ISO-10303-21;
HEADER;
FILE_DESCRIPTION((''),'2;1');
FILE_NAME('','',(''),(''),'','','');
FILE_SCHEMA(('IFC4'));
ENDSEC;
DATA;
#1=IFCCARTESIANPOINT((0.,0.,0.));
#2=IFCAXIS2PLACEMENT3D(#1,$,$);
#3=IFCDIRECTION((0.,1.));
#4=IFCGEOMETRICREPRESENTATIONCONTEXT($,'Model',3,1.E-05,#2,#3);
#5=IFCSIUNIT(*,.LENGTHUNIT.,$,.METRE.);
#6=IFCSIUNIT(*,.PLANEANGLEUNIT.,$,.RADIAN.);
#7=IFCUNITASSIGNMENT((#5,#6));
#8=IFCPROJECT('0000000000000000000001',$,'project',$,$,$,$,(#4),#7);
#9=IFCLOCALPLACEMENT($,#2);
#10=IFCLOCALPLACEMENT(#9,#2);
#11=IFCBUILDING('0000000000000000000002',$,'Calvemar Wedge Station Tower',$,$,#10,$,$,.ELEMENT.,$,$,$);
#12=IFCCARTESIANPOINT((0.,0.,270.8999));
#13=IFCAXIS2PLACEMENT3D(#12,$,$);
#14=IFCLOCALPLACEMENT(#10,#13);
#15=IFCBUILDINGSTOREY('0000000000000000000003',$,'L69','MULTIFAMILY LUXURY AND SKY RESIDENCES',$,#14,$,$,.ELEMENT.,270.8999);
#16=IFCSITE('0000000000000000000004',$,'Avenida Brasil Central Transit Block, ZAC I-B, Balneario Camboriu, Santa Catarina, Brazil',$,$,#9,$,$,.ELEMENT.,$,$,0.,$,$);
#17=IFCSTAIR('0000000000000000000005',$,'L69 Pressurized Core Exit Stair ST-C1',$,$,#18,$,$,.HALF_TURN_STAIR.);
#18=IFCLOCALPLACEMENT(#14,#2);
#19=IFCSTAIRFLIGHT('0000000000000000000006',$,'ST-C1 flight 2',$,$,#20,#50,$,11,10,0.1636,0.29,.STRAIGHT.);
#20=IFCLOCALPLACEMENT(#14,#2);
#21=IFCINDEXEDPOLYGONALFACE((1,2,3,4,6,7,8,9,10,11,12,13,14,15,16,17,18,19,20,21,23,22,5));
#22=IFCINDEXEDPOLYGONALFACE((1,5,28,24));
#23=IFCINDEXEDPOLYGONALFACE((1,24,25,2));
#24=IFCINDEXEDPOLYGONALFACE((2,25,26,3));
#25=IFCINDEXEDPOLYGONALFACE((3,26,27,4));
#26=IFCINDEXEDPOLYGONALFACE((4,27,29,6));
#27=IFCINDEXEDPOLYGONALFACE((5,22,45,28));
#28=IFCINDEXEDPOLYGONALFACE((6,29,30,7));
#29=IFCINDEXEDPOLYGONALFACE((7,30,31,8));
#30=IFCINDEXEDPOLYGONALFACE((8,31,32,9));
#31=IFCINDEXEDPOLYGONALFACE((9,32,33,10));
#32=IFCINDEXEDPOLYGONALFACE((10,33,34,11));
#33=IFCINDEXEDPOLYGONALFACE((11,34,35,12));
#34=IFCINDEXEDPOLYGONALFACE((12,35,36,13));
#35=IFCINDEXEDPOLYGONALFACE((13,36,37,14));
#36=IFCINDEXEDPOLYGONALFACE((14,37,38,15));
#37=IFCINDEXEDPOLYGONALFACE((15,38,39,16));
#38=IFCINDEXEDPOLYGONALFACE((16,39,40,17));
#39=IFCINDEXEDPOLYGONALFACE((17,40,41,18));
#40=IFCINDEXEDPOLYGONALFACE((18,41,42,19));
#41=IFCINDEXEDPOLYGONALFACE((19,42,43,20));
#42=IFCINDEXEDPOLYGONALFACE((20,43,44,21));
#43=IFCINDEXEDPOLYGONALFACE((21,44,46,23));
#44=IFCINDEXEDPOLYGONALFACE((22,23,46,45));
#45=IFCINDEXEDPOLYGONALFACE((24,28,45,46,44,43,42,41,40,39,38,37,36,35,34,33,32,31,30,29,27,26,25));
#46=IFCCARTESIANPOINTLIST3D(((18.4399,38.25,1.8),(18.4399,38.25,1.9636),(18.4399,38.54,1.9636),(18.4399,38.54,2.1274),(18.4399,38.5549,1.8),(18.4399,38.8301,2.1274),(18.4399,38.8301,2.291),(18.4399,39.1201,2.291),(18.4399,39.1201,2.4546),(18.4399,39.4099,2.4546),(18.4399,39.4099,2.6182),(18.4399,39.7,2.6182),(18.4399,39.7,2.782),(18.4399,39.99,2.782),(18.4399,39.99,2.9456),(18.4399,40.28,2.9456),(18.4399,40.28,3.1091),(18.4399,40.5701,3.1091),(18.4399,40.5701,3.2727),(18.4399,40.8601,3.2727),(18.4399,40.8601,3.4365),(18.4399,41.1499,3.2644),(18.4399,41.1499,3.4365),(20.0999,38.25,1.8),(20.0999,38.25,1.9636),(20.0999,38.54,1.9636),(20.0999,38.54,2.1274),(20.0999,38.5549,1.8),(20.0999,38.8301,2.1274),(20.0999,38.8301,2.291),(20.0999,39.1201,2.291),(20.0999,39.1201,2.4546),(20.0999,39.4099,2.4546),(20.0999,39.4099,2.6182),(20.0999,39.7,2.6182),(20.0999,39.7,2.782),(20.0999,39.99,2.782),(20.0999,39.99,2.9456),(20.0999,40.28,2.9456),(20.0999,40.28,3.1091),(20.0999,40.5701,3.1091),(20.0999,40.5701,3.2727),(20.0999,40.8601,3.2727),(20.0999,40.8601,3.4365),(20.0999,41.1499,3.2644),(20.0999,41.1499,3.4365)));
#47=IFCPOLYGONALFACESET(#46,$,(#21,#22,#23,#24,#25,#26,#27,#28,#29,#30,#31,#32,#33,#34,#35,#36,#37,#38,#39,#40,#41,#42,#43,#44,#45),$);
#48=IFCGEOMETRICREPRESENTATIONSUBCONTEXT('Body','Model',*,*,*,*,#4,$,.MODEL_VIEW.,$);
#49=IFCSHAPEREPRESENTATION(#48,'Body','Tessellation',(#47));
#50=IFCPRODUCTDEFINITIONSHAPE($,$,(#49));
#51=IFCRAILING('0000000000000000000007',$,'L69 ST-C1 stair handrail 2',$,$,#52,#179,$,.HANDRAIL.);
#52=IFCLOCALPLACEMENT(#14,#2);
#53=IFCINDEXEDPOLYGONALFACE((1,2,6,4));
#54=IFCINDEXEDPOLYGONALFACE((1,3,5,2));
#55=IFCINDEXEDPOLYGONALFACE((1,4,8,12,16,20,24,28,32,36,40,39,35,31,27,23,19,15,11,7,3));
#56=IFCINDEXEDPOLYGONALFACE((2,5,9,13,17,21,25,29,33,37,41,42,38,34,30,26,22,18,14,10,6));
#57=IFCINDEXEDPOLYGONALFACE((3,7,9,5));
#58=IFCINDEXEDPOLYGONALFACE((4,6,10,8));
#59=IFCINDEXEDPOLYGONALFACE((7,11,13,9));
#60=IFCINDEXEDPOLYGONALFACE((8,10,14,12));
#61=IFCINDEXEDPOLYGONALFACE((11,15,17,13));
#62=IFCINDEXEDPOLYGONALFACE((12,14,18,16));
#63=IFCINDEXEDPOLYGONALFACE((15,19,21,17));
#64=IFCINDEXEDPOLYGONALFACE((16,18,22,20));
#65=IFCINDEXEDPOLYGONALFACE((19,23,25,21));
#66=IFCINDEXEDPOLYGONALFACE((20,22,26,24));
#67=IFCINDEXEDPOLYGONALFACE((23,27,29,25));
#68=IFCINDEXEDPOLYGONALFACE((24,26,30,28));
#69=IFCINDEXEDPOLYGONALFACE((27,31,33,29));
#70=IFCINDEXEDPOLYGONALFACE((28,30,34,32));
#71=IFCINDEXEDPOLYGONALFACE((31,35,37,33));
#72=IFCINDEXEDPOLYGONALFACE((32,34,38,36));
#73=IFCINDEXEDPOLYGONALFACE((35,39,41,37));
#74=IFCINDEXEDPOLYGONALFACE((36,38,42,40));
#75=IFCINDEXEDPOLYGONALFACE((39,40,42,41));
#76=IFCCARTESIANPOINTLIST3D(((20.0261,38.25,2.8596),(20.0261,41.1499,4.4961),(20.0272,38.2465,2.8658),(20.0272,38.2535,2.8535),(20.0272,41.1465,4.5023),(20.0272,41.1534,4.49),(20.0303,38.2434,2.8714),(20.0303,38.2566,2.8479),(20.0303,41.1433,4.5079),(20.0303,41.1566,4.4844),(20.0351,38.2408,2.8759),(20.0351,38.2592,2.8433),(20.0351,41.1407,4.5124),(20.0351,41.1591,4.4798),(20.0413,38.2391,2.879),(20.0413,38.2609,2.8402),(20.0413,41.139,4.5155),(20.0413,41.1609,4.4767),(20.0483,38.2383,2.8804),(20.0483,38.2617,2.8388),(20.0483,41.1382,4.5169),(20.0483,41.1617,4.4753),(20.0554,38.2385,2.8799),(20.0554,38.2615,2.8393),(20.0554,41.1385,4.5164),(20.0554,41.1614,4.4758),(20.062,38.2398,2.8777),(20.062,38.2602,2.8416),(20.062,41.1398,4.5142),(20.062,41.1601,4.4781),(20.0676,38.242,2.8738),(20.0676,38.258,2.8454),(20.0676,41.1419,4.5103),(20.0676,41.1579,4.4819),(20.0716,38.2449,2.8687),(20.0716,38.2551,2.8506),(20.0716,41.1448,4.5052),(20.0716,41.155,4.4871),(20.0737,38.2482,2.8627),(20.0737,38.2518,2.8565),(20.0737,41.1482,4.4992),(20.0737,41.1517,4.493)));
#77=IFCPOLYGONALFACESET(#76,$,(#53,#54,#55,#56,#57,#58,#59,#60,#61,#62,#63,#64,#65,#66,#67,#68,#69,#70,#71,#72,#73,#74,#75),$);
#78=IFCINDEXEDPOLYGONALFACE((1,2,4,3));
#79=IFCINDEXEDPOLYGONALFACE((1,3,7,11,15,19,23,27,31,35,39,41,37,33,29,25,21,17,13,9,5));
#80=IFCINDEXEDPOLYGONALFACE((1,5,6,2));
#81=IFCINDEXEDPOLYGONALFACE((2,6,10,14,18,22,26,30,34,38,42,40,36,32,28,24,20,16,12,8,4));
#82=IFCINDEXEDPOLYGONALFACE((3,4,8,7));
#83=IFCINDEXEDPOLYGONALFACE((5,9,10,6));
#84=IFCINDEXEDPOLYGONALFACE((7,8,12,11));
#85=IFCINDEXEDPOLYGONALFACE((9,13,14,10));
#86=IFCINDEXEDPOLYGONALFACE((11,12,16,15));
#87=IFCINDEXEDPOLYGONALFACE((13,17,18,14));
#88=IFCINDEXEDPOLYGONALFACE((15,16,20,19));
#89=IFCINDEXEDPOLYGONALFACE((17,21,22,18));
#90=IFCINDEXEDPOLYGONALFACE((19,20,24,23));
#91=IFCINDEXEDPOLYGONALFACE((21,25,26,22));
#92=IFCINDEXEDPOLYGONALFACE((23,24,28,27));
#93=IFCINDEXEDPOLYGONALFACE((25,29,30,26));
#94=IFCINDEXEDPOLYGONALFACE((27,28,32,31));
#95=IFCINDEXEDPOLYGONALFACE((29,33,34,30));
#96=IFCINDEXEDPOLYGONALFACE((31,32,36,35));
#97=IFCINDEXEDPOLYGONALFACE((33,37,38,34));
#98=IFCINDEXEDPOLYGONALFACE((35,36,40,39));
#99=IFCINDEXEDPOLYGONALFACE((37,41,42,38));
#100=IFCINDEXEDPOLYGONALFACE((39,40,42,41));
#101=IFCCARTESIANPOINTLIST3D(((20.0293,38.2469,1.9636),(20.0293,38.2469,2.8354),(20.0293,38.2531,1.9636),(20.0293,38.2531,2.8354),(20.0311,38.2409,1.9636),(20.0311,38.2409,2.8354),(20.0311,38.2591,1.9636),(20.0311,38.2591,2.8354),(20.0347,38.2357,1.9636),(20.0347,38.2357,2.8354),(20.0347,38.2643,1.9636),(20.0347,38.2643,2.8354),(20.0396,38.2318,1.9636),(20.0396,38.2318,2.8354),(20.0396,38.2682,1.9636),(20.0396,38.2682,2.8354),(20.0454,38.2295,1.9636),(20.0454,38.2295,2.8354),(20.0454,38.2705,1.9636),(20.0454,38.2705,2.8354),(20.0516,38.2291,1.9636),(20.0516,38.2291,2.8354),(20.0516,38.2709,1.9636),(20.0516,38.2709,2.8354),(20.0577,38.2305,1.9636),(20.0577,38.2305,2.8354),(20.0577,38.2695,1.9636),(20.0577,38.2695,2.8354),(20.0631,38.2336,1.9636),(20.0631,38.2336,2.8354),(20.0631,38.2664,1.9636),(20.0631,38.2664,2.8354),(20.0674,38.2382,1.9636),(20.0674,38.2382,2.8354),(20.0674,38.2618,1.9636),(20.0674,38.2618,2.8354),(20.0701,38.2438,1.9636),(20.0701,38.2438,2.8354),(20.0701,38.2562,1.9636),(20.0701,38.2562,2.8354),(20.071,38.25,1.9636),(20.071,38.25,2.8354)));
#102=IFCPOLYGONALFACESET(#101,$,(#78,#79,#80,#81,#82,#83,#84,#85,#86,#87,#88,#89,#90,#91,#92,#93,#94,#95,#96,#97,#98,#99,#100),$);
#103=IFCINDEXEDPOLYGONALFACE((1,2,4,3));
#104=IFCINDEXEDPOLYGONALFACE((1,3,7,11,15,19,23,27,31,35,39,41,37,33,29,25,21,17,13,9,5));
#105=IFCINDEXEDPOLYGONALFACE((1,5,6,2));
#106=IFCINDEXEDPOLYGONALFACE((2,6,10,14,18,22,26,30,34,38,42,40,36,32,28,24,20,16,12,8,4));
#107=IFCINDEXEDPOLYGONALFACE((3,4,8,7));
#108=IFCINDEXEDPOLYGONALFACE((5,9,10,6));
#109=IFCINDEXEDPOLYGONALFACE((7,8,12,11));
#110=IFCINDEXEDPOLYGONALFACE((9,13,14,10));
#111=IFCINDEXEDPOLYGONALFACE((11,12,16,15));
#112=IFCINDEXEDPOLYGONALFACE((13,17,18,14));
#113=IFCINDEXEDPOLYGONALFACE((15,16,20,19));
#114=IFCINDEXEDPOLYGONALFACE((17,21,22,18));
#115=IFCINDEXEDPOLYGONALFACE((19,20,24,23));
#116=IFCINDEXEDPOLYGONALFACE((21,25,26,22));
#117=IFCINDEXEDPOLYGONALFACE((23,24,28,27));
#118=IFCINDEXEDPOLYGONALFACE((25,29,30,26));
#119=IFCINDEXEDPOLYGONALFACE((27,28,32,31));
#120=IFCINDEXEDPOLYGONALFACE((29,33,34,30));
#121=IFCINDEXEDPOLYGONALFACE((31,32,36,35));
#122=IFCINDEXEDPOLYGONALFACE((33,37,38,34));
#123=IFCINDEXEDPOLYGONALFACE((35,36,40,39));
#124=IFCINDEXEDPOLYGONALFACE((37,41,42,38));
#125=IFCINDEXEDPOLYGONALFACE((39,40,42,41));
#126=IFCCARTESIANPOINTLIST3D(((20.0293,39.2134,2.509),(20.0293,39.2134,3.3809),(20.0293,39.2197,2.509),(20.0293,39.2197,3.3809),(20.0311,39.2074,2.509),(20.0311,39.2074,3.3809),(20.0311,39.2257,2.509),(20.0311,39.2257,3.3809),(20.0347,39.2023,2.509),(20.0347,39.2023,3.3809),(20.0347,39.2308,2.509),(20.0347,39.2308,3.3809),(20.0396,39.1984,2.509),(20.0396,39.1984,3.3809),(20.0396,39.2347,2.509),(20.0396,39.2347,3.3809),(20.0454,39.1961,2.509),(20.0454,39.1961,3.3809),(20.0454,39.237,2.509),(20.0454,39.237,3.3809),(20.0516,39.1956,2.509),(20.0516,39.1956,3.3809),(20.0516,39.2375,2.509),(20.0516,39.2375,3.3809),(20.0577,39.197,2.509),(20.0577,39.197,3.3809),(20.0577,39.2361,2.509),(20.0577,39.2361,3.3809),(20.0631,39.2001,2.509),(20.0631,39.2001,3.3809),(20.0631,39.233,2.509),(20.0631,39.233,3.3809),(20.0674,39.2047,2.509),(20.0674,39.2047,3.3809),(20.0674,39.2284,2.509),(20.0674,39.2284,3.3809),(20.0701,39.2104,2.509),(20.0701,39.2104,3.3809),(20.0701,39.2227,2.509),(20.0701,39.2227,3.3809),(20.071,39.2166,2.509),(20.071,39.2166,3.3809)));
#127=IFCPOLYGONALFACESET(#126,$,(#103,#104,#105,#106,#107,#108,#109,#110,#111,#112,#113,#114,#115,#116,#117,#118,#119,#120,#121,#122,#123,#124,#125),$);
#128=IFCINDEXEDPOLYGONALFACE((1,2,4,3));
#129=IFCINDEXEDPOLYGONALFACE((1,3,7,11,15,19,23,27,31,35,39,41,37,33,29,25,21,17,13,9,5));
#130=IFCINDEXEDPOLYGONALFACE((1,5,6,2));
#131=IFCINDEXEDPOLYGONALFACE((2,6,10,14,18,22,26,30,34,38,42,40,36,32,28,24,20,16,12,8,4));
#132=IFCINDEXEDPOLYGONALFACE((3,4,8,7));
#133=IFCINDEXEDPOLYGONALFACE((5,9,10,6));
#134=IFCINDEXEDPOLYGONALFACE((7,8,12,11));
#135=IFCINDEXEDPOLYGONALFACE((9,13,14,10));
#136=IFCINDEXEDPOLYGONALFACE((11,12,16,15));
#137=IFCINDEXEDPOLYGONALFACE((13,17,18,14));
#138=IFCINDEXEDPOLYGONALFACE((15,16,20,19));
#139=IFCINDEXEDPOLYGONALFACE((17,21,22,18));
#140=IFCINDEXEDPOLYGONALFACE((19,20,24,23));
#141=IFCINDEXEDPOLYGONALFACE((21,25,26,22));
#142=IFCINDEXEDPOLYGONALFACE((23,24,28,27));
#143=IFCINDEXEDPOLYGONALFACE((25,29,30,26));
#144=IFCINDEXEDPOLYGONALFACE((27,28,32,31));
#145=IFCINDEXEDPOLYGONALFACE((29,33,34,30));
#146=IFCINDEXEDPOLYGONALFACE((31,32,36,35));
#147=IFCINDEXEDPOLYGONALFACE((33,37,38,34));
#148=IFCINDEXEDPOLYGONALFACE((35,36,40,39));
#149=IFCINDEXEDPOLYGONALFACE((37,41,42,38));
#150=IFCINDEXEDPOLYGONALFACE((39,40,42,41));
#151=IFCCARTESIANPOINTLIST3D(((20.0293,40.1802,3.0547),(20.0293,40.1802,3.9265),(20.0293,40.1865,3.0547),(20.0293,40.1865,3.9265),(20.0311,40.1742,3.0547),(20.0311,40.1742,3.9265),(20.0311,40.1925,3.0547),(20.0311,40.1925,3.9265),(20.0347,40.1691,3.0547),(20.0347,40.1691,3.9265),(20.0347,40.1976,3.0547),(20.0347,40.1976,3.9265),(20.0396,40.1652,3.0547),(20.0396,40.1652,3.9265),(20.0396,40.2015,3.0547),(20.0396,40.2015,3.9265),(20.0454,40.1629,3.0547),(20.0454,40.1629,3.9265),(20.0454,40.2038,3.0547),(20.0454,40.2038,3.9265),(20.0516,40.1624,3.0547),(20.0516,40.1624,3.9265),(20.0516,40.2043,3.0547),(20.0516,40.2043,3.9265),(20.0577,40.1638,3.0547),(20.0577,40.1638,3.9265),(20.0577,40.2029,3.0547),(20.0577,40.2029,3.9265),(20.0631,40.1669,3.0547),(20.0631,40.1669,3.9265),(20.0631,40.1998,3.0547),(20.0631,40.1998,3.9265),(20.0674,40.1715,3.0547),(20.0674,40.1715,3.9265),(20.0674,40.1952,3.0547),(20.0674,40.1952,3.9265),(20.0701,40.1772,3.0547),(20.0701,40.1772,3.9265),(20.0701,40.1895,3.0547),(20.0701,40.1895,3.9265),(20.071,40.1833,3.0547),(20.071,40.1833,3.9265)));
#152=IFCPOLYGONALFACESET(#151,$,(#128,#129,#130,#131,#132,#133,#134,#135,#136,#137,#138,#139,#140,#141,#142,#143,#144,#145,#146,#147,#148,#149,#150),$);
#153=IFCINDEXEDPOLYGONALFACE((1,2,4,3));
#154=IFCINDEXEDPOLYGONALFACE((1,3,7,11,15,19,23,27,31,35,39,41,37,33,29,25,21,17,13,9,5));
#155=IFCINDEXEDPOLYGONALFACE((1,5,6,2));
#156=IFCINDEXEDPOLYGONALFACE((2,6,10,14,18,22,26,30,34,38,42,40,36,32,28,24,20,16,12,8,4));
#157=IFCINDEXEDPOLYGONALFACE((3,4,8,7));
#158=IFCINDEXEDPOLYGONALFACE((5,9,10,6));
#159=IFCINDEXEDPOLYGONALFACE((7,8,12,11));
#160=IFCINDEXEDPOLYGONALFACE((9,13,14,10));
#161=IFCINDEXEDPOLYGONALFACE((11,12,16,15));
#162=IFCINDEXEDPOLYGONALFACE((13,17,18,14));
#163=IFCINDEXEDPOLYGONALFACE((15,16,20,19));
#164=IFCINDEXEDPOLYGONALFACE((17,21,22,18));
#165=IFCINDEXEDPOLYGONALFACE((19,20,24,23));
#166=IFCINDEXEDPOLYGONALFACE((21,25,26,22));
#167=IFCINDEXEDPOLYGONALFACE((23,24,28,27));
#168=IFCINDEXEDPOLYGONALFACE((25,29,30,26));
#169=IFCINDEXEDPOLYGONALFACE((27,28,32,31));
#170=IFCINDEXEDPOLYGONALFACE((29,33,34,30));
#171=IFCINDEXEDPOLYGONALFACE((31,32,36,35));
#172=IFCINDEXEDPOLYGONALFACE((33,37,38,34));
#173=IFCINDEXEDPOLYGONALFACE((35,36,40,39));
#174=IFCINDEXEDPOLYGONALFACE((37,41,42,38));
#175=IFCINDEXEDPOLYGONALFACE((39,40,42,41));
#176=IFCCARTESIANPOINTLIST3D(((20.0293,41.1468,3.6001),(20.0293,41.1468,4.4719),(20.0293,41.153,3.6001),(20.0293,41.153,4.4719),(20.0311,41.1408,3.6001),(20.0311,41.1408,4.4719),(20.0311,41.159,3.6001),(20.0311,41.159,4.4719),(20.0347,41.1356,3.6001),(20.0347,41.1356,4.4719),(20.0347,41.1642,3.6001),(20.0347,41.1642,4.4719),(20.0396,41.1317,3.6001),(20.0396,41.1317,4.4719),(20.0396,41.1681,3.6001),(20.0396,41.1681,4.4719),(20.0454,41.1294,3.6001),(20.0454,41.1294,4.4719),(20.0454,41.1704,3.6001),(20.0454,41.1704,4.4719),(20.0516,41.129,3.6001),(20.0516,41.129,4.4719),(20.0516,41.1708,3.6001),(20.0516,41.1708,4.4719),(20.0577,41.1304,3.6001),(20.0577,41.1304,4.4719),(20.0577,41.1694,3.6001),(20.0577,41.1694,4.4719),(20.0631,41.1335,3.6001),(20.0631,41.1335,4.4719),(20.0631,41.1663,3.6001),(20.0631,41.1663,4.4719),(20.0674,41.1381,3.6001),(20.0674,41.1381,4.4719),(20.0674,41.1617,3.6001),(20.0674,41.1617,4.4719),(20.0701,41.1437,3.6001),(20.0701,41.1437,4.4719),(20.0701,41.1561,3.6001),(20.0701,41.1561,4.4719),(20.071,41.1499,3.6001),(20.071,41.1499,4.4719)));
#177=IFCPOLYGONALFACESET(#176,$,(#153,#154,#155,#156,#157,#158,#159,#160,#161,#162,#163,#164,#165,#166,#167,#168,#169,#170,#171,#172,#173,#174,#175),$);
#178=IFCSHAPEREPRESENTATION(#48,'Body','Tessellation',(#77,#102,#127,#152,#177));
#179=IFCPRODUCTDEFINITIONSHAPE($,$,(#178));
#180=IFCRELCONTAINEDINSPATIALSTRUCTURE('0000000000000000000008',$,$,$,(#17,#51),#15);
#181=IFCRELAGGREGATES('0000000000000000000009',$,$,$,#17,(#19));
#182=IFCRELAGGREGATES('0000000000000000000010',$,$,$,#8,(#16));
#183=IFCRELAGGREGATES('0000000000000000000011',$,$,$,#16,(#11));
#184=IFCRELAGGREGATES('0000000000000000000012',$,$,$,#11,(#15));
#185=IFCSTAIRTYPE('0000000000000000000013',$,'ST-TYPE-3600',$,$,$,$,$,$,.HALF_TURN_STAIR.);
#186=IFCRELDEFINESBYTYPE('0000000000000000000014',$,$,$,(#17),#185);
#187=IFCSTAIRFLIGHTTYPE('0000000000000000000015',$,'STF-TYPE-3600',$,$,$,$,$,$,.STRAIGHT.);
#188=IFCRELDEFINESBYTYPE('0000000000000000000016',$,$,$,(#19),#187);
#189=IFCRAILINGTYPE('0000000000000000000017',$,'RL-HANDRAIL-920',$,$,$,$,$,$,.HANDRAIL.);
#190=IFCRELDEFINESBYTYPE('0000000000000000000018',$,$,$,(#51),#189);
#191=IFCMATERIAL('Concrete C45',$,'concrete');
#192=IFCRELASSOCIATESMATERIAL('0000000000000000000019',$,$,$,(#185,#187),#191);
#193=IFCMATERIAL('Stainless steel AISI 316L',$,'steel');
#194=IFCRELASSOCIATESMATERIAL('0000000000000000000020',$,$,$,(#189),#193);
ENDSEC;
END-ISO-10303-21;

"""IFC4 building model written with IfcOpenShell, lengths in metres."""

from ifc_helpers import new_model, si_unit, direction, frame, origin, origin_2d, place, context, subcontext, project, spatial, polyline, circle, outline, extrude, material, type_object, element, aggregate, save


model = new_model("IFC4")

# Units and contexts
model_context = context("Model", 3, precision=1e-05, world=origin(), true_north=direction((0.0, 1.0)))
body_context = subcontext(model_context, "Body", "Model", "MODEL_VIEW")
ifc_project = project(units=[si_unit("LENGTHUNIT", "METRE"), si_unit("PLANEANGLEUNIT", "RADIAN")], contexts=[model_context])

# Site, building, storey
site_placement = place(None, origin())
site = spatial("IfcSite", under=ifc_project, at=site_placement, Name="Avenida Brasil Central Transit Block, ZAC I-B, Balneario Camboriu, Santa Catarina, Brazil", CompositionType="ELEMENT", RefElevation=0.0)
building_placement = place(site_placement, origin())
building = spatial("IfcBuilding", under=site, at=building_placement, Name="Calvemar Wedge Station Tower", CompositionType="ELEMENT")
storey_placement = place(building_placement, frame((0.0, 0.0, 270.8999)))
storey = spatial("IfcBuildingStorey", under=building, at=storey_placement, Name="L69", Description="MULTIFAMILY LUXURY AND SKY RESIDENCES", CompositionType="ELEMENT", Elevation=270.8999)

# Stair, stair flight
ifc_material_1 = material(Name="Concrete C45", Category="concrete")
stair_type = type_object("IfcStairType", Name="ST-TYPE-3600", PredefinedType="HALF_TURN_STAIR", material=ifc_material_1)
stair_placement = place(storey_placement, origin())
stair = element("IfcStair", 1, at=stair_placement, inside=storey, type_object=stair_type, Name="L69 Pressurized Core Exit Stair ST-C1", PredefinedType="HALF_TURN_STAIR")
stair_flight_type = type_object("IfcStairFlightType", Name="STF-TYPE-3600", PredefinedType="STRAIGHT", material=ifc_material_1)
stair_flight_placement = place(storey_placement, frame((19.27, 38.25, 1.8), z_axis=(0.0, 0.0, 1.0), x_axis=(0.0, 1.0, 0.0)))
stair_flight = element("IfcStairFlight", 2, at=stair_flight_placement, type_object=stair_flight_type, Name="ST-C1 flight 2", NumberOfRisers=11, NumberOfTreads=10, PredefinedType="STRAIGHT", RiserHeight=0.1636, TreadLength=0.29, context=body_context, shape_type="SweptSolid", body=[
    extrude(outline(polyline([(0.0, 0.0), (0.0, 0.1636), (0.29, 0.1636), (0.29, 0.3274), (0.5801, 0.3274), (0.5801, 0.491), (0.8701, 0.491), (0.8701, 0.6545), (1.1599, 0.6545), (1.1599, 0.8181), (1.45, 0.8181), (1.45, 0.9819), (1.74, 0.9819), (1.74, 1.1455), (2.03, 1.1455), (2.03, 1.3091), (2.3201, 1.3091), (2.3201, 1.4727), (2.6101, 1.4727), (2.6101, 1.6365), (2.8999, 1.6365), (2.8999, 1.8), (2.8999, 1.4644), (0.3049, 0.0), (0.0, 0.0)])), frame((0.0, 0.8301, 0.0), z_axis=(0.0, -1.0, 0.0), x_axis=(1.0, 0.0, 0.0)), (0.0, 0.0, 1.0), 1.6599),
])
aggregate(stair, [stair_flight])

# Railing
ifc_material_2 = material(Name="Stainless steel AISI 316L", Category="steel")
railing_type_1 = type_object("IfcRailingType", Name="RL-HANDRAIL-920", PredefinedType="HANDRAIL", material=ifc_material_2)
railing_1_placement = place(storey_placement, frame((20.05, 38.25, 1.9636)))
element("IfcRailing", 3, at=railing_1_placement, inside=storey, type_object=railing_type_1, Name="L69 ST-C1 stair handrail 2", PredefinedType="HANDRAIL", context=body_context, shape_type="SweptSolid", body=[
    extrude(circle(Radius=0.0239, at=origin_2d()), frame((0.0, 0.0, 0.896), z_axis=(0.0, 0.870897, 0.491465), x_axis=(-1.0, 0.0, 0.0)), (0.0, 0.0, 1.0), 3.3298),
    extrude(circle(Radius=0.021, at=origin_2d()), origin(), (0.0, 0.0, 1.0), 0.8718),
    extrude(circle(Radius=0.021, at=origin_2d()), frame((0.0, 0.9666, 0.5454)), (0.0, 0.0, 1.0), 0.8718),
    extrude(circle(Radius=0.021, at=origin_2d()), frame((0.0, 1.9333, 1.0911)), (0.0, 0.0, 1.0), 0.8718),
    extrude(circle(Radius=0.021, at=origin_2d()), frame((0.0, 2.8999, 1.6365)), (0.0, 0.0, 1.0), 0.8718),
])

save(model, "model.ifc")
